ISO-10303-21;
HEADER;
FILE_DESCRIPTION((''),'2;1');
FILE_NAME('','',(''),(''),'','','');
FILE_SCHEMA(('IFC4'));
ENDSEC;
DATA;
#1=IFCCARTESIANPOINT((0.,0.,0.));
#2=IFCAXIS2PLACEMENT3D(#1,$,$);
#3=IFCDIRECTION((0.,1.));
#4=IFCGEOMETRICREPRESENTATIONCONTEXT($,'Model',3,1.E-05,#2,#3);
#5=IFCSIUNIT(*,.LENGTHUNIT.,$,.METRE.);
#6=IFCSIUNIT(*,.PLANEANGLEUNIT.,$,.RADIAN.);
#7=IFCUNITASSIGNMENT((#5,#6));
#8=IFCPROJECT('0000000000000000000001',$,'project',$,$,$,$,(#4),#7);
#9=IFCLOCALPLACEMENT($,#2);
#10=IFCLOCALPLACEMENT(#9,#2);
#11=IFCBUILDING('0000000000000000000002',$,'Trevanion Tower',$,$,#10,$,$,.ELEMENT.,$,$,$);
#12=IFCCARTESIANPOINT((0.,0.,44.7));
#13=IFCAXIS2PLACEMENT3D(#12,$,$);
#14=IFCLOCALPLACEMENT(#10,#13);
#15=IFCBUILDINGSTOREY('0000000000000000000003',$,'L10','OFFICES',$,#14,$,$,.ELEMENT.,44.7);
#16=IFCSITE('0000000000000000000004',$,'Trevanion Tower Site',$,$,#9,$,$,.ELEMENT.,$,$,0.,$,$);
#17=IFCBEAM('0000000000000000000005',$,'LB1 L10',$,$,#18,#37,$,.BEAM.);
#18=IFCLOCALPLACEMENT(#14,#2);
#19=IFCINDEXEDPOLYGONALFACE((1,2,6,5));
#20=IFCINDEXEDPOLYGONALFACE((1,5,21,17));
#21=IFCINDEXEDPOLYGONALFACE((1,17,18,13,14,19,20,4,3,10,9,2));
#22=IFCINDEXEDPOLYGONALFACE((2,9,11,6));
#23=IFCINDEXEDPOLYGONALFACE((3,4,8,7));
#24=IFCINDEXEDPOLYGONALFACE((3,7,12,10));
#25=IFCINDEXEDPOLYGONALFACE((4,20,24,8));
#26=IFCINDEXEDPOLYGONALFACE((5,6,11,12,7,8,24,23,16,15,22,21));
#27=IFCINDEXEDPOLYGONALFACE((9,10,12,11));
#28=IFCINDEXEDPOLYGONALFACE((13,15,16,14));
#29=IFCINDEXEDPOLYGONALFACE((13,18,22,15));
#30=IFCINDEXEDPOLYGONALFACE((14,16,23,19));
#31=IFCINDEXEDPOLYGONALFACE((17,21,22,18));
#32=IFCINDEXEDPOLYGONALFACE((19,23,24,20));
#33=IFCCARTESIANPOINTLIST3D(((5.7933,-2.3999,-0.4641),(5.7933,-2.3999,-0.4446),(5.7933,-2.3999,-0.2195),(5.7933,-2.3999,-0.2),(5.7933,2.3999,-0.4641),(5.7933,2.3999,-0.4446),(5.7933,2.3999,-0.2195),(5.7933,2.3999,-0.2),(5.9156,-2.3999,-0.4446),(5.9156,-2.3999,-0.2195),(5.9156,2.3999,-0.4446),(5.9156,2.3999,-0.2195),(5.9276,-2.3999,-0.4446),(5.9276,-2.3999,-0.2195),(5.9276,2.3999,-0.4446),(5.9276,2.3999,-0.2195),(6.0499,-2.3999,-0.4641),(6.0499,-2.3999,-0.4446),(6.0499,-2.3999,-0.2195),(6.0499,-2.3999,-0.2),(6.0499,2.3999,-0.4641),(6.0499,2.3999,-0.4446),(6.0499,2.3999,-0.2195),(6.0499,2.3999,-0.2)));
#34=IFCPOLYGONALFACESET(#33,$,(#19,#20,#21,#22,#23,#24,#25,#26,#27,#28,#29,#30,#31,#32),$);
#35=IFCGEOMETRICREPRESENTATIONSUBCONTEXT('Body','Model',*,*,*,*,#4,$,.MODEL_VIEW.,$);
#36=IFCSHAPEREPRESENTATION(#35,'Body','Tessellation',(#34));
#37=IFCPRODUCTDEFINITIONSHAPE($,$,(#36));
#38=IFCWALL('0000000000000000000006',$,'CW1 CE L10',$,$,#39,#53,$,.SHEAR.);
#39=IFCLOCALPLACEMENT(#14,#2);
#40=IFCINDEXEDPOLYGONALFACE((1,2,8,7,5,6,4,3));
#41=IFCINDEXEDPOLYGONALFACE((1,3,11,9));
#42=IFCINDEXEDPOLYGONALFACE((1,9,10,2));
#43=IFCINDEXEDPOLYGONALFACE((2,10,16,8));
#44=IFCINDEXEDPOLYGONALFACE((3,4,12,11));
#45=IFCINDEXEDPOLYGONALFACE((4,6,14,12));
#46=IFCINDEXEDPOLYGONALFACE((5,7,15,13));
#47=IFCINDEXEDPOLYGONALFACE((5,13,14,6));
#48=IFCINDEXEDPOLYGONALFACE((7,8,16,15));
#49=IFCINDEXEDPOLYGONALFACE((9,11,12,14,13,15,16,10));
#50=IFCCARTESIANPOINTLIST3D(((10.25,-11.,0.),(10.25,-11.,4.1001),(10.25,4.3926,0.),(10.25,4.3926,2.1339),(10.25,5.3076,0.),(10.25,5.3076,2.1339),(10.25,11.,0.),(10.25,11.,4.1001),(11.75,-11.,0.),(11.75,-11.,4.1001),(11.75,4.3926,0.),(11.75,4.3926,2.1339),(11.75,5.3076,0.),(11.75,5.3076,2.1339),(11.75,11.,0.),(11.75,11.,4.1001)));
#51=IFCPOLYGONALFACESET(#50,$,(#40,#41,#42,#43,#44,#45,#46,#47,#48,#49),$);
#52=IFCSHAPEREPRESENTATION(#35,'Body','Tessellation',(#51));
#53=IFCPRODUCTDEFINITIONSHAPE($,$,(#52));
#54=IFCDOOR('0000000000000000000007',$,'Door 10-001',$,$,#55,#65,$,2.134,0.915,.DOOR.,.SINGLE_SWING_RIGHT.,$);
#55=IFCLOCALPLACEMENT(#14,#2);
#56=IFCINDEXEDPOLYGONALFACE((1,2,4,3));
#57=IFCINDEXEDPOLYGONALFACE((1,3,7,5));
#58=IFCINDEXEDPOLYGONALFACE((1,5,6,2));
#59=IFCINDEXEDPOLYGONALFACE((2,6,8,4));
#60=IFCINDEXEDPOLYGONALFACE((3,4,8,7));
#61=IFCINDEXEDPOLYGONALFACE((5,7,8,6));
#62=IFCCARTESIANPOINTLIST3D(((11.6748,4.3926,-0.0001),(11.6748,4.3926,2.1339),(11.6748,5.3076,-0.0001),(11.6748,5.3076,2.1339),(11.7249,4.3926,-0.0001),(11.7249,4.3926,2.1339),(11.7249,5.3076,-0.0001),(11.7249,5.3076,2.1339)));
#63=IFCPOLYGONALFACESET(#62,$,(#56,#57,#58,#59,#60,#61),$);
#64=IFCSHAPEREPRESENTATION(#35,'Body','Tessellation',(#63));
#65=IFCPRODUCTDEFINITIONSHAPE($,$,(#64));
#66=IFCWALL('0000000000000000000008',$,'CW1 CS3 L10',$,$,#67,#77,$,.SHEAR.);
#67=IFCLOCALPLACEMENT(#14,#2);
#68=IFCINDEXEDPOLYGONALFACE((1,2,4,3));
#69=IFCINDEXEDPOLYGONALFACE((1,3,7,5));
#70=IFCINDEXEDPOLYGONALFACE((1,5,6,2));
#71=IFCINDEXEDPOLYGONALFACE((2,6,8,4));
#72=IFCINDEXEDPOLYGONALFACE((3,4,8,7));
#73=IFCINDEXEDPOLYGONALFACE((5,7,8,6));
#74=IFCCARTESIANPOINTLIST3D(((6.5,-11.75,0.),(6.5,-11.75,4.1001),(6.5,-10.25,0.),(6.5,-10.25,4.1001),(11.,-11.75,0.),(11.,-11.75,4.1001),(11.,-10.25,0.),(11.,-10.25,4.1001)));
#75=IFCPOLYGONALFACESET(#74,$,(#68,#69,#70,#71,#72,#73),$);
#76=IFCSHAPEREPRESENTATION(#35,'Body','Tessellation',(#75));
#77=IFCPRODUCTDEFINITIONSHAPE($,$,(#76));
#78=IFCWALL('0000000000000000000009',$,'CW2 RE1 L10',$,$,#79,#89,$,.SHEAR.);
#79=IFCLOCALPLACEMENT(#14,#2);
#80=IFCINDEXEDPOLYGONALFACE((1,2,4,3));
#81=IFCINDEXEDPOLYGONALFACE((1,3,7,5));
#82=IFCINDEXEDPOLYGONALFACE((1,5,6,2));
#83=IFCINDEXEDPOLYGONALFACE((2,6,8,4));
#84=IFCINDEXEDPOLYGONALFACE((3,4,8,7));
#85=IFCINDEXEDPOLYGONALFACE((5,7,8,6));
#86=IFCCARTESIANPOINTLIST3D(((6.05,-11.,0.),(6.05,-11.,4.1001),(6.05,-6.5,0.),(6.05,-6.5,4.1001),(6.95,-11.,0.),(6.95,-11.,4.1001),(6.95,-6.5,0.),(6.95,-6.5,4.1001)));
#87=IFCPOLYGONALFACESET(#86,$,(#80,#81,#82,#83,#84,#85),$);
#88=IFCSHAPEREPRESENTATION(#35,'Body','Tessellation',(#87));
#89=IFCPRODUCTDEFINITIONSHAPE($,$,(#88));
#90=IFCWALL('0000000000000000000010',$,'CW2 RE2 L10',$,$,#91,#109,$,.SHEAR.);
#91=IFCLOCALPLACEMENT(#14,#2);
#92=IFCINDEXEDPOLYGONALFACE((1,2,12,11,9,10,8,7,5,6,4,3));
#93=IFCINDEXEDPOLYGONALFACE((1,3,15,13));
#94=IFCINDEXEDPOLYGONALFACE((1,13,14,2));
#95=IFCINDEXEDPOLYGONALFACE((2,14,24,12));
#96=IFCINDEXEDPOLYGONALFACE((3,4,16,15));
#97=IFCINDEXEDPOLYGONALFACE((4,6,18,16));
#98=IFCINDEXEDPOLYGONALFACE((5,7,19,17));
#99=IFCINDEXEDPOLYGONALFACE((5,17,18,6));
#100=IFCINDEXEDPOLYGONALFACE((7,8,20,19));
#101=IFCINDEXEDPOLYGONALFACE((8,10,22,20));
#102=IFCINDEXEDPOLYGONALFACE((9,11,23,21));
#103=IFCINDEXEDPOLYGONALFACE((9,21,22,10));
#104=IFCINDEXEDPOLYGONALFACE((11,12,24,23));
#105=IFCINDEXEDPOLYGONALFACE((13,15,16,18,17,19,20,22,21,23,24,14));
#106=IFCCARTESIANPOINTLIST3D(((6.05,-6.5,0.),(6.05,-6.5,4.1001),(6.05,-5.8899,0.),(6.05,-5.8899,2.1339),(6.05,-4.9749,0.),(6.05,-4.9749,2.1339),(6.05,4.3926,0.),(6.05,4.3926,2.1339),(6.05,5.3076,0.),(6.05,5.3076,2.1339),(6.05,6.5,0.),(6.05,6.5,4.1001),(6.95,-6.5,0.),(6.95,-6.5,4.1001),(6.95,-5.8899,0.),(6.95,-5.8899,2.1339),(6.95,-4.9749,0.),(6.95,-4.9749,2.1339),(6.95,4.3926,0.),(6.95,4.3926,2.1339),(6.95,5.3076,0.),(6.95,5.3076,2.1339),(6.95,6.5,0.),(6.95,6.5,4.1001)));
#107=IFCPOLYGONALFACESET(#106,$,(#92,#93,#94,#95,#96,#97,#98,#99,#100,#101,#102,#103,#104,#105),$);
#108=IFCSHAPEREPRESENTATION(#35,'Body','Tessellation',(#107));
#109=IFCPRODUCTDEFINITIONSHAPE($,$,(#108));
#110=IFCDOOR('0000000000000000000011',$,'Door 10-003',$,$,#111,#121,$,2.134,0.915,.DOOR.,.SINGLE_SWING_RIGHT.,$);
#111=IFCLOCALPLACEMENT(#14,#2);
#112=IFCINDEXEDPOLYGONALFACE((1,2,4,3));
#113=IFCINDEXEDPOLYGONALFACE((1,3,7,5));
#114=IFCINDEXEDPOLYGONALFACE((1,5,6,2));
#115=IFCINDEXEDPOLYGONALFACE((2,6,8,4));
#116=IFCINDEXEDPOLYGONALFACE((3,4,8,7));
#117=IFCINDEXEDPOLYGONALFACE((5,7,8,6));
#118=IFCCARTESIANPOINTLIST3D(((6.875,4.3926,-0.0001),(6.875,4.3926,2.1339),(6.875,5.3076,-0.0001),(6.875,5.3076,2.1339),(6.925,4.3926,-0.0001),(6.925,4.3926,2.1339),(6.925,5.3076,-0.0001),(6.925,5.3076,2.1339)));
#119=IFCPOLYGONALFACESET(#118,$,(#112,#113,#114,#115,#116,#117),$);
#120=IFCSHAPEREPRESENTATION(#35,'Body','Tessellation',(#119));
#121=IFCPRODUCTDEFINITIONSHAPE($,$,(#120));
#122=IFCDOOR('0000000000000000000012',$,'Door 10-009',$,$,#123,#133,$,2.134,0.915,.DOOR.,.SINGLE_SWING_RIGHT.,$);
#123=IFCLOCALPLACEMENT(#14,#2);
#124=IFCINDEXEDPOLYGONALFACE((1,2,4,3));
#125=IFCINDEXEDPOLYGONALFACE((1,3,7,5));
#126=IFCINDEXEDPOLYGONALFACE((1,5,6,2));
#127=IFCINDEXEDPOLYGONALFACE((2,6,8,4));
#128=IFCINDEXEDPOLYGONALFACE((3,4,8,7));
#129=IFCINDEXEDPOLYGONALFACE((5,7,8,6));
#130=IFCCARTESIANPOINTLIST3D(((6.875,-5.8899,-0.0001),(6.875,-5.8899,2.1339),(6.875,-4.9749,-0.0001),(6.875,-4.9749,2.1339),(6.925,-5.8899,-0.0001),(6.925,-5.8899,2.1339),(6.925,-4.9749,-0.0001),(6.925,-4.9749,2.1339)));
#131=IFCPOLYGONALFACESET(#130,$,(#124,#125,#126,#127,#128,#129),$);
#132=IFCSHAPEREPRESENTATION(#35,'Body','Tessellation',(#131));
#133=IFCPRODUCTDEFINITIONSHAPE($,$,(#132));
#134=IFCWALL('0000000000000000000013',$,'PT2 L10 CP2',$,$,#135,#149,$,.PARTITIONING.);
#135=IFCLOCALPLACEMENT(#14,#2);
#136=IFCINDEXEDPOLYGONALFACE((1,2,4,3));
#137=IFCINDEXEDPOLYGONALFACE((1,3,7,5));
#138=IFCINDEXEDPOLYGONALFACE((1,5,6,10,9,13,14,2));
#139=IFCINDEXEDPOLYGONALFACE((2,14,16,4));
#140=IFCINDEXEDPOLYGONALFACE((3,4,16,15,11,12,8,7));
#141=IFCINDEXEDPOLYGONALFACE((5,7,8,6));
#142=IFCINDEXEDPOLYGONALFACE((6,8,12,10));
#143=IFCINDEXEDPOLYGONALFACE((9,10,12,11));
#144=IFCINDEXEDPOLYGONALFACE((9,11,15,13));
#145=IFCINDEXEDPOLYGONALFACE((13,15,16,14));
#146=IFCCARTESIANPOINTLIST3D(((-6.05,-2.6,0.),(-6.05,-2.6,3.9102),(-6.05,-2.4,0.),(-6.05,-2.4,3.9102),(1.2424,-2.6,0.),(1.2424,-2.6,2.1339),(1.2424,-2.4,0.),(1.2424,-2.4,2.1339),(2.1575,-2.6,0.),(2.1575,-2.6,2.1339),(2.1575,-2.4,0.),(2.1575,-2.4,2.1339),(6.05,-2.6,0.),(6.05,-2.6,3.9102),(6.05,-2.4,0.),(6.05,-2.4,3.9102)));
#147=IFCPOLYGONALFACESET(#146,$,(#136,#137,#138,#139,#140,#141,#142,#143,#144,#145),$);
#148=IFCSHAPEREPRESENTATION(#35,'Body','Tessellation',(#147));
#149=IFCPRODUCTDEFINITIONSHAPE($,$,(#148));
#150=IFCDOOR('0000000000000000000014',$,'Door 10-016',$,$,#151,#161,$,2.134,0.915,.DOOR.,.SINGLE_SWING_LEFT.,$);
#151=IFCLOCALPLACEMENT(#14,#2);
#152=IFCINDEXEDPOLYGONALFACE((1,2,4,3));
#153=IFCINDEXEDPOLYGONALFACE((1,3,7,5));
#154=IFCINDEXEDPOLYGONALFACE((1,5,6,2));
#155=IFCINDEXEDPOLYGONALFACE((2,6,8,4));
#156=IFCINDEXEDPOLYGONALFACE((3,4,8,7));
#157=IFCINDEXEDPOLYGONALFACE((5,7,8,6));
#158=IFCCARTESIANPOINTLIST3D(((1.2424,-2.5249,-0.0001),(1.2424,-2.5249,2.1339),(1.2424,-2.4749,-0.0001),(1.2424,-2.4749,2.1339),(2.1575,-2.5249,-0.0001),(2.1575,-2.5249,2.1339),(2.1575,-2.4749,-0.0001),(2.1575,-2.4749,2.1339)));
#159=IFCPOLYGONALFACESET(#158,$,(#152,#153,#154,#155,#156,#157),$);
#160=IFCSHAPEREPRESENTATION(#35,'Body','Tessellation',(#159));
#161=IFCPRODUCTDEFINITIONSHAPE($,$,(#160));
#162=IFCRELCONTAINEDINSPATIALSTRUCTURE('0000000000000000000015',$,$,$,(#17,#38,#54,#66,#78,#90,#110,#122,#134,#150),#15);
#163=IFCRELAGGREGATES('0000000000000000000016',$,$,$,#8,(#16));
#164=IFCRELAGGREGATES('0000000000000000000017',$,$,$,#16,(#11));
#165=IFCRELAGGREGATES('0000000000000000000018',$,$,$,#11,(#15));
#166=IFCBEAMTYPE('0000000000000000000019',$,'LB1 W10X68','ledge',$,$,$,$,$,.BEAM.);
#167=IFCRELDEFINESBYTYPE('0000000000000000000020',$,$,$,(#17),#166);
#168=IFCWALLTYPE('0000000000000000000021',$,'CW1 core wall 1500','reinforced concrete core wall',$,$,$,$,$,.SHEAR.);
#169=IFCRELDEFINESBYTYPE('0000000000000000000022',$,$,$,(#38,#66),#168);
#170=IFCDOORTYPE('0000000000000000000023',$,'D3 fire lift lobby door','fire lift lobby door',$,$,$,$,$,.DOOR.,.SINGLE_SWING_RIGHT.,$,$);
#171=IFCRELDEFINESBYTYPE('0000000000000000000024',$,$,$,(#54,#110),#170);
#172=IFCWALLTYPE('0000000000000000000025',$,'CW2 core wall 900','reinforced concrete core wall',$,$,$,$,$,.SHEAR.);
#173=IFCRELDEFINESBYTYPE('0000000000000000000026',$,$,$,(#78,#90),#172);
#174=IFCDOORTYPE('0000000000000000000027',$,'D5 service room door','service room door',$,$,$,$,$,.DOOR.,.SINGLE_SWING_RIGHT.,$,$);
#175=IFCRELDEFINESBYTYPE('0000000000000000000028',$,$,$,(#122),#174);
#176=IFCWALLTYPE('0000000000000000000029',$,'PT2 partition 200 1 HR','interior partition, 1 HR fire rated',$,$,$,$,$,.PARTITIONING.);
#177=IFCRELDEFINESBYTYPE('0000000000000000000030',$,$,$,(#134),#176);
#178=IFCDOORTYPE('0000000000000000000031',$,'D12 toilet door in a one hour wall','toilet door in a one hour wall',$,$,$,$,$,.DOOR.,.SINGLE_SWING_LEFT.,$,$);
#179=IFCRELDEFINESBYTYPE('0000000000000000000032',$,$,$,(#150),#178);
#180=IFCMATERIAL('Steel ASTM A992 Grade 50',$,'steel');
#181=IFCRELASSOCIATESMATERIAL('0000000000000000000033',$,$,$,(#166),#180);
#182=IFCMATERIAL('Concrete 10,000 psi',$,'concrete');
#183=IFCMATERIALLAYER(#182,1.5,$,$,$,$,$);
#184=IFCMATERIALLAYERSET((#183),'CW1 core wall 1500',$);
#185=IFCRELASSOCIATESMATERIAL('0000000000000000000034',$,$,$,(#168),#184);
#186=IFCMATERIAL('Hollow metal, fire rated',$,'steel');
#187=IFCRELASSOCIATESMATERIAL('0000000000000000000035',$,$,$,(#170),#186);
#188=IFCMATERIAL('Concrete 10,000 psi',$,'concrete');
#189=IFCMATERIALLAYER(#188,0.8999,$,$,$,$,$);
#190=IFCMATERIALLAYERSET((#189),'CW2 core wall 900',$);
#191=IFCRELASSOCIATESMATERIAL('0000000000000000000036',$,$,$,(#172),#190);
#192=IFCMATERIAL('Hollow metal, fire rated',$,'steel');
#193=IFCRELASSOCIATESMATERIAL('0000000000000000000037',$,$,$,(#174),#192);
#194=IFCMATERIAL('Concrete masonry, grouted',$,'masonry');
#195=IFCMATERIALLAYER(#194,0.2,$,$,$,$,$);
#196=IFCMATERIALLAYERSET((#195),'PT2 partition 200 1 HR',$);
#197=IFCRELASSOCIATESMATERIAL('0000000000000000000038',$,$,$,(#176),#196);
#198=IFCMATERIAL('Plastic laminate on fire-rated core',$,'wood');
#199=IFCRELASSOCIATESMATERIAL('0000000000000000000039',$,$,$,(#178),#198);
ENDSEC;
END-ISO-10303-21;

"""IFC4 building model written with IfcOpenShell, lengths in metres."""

from ifc_helpers import new_model, si_unit, direction, frame, frame_2d, origin, origin_2d, place, context, subcontext, project, spatial, rectangle, i_section, extrude, material, layer, layer_set, material_profile, profile_set, type_object, element, fill, save


model = new_model("IFC4")

# Units and contexts
model_context = context("Model", 3, precision=1e-05, world=origin(), true_north=direction((0.0, 1.0)))
body_context = subcontext(model_context, "Body", "Model", "MODEL_VIEW")
ifc_project = project(units=[si_unit("LENGTHUNIT", "METRE"), si_unit("PLANEANGLEUNIT", "RADIAN")], contexts=[model_context])

# Site, building, storey
site_placement = place(None, origin())
site = spatial("IfcSite", under=ifc_project, at=site_placement, Name="Trevanion Tower Site", CompositionType="ELEMENT", RefElevation=0.0)
building_placement = place(site_placement, origin())
building = spatial("IfcBuilding", under=site, at=building_placement, Name="Trevanion Tower", CompositionType="ELEMENT")
storey_placement = place(building_placement, frame((0.0, 0.0, 44.7)))
storey = spatial("IfcBuildingStorey", under=building, at=storey_placement, Name="L10", Description="OFFICES", CompositionType="ELEMENT", Elevation=44.7)

# Beam
ifc_material_1 = material(Name="Steel ASTM A992 Grade 50", Category="steel")
ifc_material_profile_1 = material_profile(ifc_material_1, i_section(OverallWidth=0.2566, OverallDepth=0.2642, WebThickness=0.012, FlangeThickness=0.0195, at=origin_2d()), Name="W10X68")
ifc_profile_set_1 = profile_set([ifc_material_profile_1], Name="Steel ASTM A992 Grade 50")
beam_type_1 = type_object("IfcBeamType", Name="LB1 W10X68", Description="ledge", PredefinedType="BEAM", material=ifc_profile_set_1)
beam_1_placement = place(storey_placement, frame((5.9216, -2.3999, -0.332), z_axis=(0.0, 1.0, 0.0), x_axis=(-1.0, 0.0, 0.0)))
element("IfcBeam", 1, at=beam_1_placement, inside=storey, type_object=beam_type_1, Name="LB1 L10", PredefinedType="BEAM", context=body_context, shape_type="SweptSolid", body=[
    extrude(i_section(OverallWidth=0.2566, OverallDepth=0.2642, WebThickness=0.012, FlangeThickness=0.0195, at=origin_2d()), origin(), (0.0, 0.0, 1.0), 4.7998),
])

# Wall, opening, door
ifc_material_2 = material(Name="Concrete 10,000 psi", Category="concrete")
ifc_layer_1 = layer(ifc_material_2, 1.5)
ifc_layer_set_1 = layer_set([ifc_layer_1], Name="CW1 core wall 1500")
wall_type_1 = type_object("IfcWallType", Name="CW1 core wall 1500", Description="reinforced concrete core wall", PredefinedType="SHEAR", material=ifc_layer_set_1)
wall_1_placement = place(storey_placement, frame((11.0, -11.0, 0.0), z_axis=(0.0, 0.0, 1.0), x_axis=(0.0, 1.0, 0.0)))
wall_1 = element("IfcWall", 2, at=wall_1_placement, inside=storey, type_object=wall_type_1, Name="CW1 CE L10", PredefinedType="SHEAR", context=body_context, shape_type="SweptSolid", body=[
    extrude(rectangle(XDim=22.0, YDim=1.5, at=frame_2d((11.0, 0.0))), origin(), (0.0, 0.0, 1.0), 4.1001),
])
opening_1_placement = place(wall_1_placement, frame((15.3926, 0.0, 0.0)))
opening_1 = element("IfcOpeningElement", 3, at=opening_1_placement, cuts=wall_1, PredefinedType="OPENING", context=body_context, shape_type="SweptSolid", body=[
    extrude(rectangle(XDim=0.915, YDim=2.134, at=frame_2d((0.4575, 1.0669))), frame((0.0, 0.76, 0.0), z_axis=(0.0, -1.0, 0.0), x_axis=(1.0, 0.0, 0.0)), (0.0, 0.0, 1.0), 1.52),
])
ifc_material_3 = material(Name="Hollow metal, fire rated", Category="steel")
door_type_1 = type_object("IfcDoorType", Name="D3 fire lift lobby door", Description="fire lift lobby door", OperationType="SINGLE_SWING_RIGHT", PredefinedType="DOOR", material=ifc_material_3)
door_1_placement = place(opening_1_placement, origin())
door_1 = element("IfcDoor", 4, at=door_1_placement, inside=storey, type_object=door_type_1, Name="Door 10-001", OperationType="SINGLE_SWING_RIGHT", OverallHeight=2.134, OverallWidth=0.915, PredefinedType="DOOR", context=body_context, shape_type="SweptSolid", body=[
    extrude(rectangle(XDim=0.915, YDim=2.134, at=frame_2d((0.4575, 1.0669))), frame((0.0, -0.6748, 0.0), z_axis=(0.0, -1.0, 0.0), x_axis=(1.0, 0.0, 0.0)), (0.0, 0.0, 1.0), 0.05),
])
fill(opening_1, door_1)

# Walls
wall_2_placement = place(storey_placement, frame((6.5, -11.0, 0.0), z_axis=(0.0, 0.0, 1.0), x_axis=(1.0, 0.0, 0.0)))
element("IfcWall", 5, at=wall_2_placement, inside=storey, type_object=wall_type_1, Name="CW1 CS3 L10", PredefinedType="SHEAR", context=body_context, shape_type="SweptSolid", body=[
    extrude(rectangle(XDim=4.5, YDim=1.5, at=frame_2d((2.25, 0.0))), origin(), (0.0, 0.0, 1.0), 4.1001),
])
ifc_material_4 = material(Name="Concrete 10,000 psi", Category="concrete")
ifc_layer_2 = layer(ifc_material_4, 0.8999)
ifc_layer_set_2 = layer_set([ifc_layer_2], Name="CW2 core wall 900")
wall_type_2 = type_object("IfcWallType", Name="CW2 core wall 900", Description="reinforced concrete core wall", PredefinedType="SHEAR", material=ifc_layer_set_2)
wall_3_placement = place(storey_placement, frame((6.5, -11.0, 0.0), z_axis=(0.0, 0.0, 1.0), x_axis=(0.0, 1.0, 0.0)))
element("IfcWall", 6, at=wall_3_placement, inside=storey, type_object=wall_type_2, Name="CW2 RE1 L10", PredefinedType="SHEAR", context=body_context, shape_type="SweptSolid", body=[
    extrude(rectangle(XDim=4.5, YDim=0.8999, at=frame_2d((2.25, 0.0))), origin(), (0.0, 0.0, 1.0), 4.1001),
])

# Wall, openings, doors
wall_4_placement = place(storey_placement, frame((6.5, -6.5, 0.0), z_axis=(0.0, 0.0, 1.0), x_axis=(0.0, 1.0, 0.0)))
wall_4 = element("IfcWall", 7, at=wall_4_placement, inside=storey, type_object=wall_type_2, Name="CW2 RE2 L10", PredefinedType="SHEAR", context=body_context, shape_type="SweptSolid", body=[
    extrude(rectangle(XDim=13.0, YDim=0.8999, at=frame_2d((6.5, 0.0))), origin(), (0.0, 0.0, 1.0), 4.1001),
])
opening_2_placement = place(wall_4_placement, frame((10.8926, 0.0, 0.0)))
opening_2 = element("IfcOpeningElement", 8, at=opening_2_placement, cuts=wall_4, PredefinedType="OPENING", context=body_context, shape_type="SweptSolid", body=[
    extrude(rectangle(XDim=0.915, YDim=2.134, at=frame_2d((0.4575, 1.0669))), frame((0.0, 0.46, 0.0), z_axis=(0.0, -1.0, 0.0), x_axis=(1.0, 0.0, 0.0)), (0.0, 0.0, 1.0), 0.9199),
])
opening_3_placement = place(wall_4_placement, frame((0.6101, 0.0, 0.0)))
opening_3 = element("IfcOpeningElement", 9, at=opening_3_placement, cuts=wall_4, PredefinedType="OPENING", context=body_context, shape_type="SweptSolid", body=[
    extrude(rectangle(XDim=0.915, YDim=2.134, at=frame_2d((0.4575, 1.0669))), frame((0.0, 0.46, 0.0), z_axis=(0.0, -1.0, 0.0), x_axis=(1.0, 0.0, 0.0)), (0.0, 0.0, 1.0), 0.9199),
])
door_2_placement = place(opening_2_placement, origin())
door_2 = element("IfcDoor", 10, at=door_2_placement, inside=storey, type_object=door_type_1, Name="Door 10-003", OperationType="SINGLE_SWING_RIGHT", OverallHeight=2.134, OverallWidth=0.915, PredefinedType="DOOR", context=body_context, shape_type="SweptSolid", body=[
    extrude(rectangle(XDim=0.915, YDim=2.134, at=frame_2d((0.4575, 1.0669))), frame((0.0, -0.375, 0.0), z_axis=(0.0, -1.0, 0.0), x_axis=(1.0, 0.0, 0.0)), (0.0, 0.0, 1.0), 0.05),
])
fill(opening_2, door_2)
ifc_material_5 = material(Name="Hollow metal, fire rated", Category="steel")
door_type_2 = type_object("IfcDoorType", Name="D5 service room door", Description="service room door", OperationType="SINGLE_SWING_RIGHT", PredefinedType="DOOR", material=ifc_material_5)
door_3_placement = place(opening_3_placement, origin())
door_3 = element("IfcDoor", 11, at=door_3_placement, inside=storey, type_object=door_type_2, Name="Door 10-009", OperationType="SINGLE_SWING_RIGHT", OverallHeight=2.134, OverallWidth=0.915, PredefinedType="DOOR", context=body_context, shape_type="SweptSolid", body=[
    extrude(rectangle(XDim=0.915, YDim=2.134, at=frame_2d((0.4575, 1.0669))), frame((0.0, -0.375, 0.0), z_axis=(0.0, -1.0, 0.0), x_axis=(1.0, 0.0, 0.0)), (0.0, 0.0, 1.0), 0.05),
])
fill(opening_3, door_3)

# Wall, opening, door
ifc_material_6 = material(Name="Concrete masonry, grouted", Category="masonry")
ifc_layer_3 = layer(ifc_material_6, 0.2)
ifc_layer_set_3 = layer_set([ifc_layer_3], Name="PT2 partition 200 1 HR")
wall_type_3 = type_object("IfcWallType", Name="PT2 partition 200 1 HR", Description="interior partition, 1 HR fire rated", PredefinedType="PARTITIONING", material=ifc_layer_set_3)
wall_5_placement = place(storey_placement, frame((6.05, -2.5, 0.0), z_axis=(0.0, 0.0, 1.0), x_axis=(-1.0, 0.0, 0.0)))
wall_5 = element("IfcWall", 12, at=wall_5_placement, inside=storey, type_object=wall_type_3, Name="PT2 L10 CP2", PredefinedType="PARTITIONING", context=body_context, shape_type="SweptSolid", body=[
    extrude(rectangle(XDim=12.1001, YDim=0.2, at=frame_2d((6.05, 0.0))), origin(), (0.0, 0.0, 1.0), 3.9102),
])
opening_4_placement = place(wall_5_placement, frame((3.8926, 0.0, 0.0)))
opening_4 = element("IfcOpeningElement", 13, at=opening_4_placement, cuts=wall_5, PredefinedType="OPENING", context=body_context, shape_type="SweptSolid", body=[
    extrude(rectangle(XDim=0.915, YDim=2.134, at=frame_2d((0.4575, 1.0669))), frame((0.0, 0.1099, 0.0), z_axis=(0.0, -1.0, 0.0), x_axis=(1.0, 0.0, 0.0)), (0.0, 0.0, 1.0), 0.22),
])
ifc_material_7 = material(Name="Plastic laminate on fire-rated core", Category="wood")
door_type_3 = type_object("IfcDoorType", Name="D12 toilet door in a one hour wall", Description="toilet door in a one hour wall", OperationType="SINGLE_SWING_LEFT", PredefinedType="DOOR", material=ifc_material_7)
door_4_placement = place(opening_4_placement, origin())
door_4 = element("IfcDoor", 14, at=door_4_placement, inside=storey, type_object=door_type_3, Name="Door 10-016", OperationType="SINGLE_SWING_LEFT", OverallHeight=2.134, OverallWidth=0.915, PredefinedType="DOOR", context=body_context, shape_type="SweptSolid", body=[
    extrude(rectangle(XDim=0.915, YDim=2.134, at=frame_2d((0.4575, 1.0669))), frame((0.0, 0.0249, 0.0), z_axis=(0.0, -1.0, 0.0), x_axis=(1.0, 0.0, 0.0)), (0.0, 0.0, 1.0), 0.05),
])
fill(opening_4, door_4)

save(model, "model.ifc")
